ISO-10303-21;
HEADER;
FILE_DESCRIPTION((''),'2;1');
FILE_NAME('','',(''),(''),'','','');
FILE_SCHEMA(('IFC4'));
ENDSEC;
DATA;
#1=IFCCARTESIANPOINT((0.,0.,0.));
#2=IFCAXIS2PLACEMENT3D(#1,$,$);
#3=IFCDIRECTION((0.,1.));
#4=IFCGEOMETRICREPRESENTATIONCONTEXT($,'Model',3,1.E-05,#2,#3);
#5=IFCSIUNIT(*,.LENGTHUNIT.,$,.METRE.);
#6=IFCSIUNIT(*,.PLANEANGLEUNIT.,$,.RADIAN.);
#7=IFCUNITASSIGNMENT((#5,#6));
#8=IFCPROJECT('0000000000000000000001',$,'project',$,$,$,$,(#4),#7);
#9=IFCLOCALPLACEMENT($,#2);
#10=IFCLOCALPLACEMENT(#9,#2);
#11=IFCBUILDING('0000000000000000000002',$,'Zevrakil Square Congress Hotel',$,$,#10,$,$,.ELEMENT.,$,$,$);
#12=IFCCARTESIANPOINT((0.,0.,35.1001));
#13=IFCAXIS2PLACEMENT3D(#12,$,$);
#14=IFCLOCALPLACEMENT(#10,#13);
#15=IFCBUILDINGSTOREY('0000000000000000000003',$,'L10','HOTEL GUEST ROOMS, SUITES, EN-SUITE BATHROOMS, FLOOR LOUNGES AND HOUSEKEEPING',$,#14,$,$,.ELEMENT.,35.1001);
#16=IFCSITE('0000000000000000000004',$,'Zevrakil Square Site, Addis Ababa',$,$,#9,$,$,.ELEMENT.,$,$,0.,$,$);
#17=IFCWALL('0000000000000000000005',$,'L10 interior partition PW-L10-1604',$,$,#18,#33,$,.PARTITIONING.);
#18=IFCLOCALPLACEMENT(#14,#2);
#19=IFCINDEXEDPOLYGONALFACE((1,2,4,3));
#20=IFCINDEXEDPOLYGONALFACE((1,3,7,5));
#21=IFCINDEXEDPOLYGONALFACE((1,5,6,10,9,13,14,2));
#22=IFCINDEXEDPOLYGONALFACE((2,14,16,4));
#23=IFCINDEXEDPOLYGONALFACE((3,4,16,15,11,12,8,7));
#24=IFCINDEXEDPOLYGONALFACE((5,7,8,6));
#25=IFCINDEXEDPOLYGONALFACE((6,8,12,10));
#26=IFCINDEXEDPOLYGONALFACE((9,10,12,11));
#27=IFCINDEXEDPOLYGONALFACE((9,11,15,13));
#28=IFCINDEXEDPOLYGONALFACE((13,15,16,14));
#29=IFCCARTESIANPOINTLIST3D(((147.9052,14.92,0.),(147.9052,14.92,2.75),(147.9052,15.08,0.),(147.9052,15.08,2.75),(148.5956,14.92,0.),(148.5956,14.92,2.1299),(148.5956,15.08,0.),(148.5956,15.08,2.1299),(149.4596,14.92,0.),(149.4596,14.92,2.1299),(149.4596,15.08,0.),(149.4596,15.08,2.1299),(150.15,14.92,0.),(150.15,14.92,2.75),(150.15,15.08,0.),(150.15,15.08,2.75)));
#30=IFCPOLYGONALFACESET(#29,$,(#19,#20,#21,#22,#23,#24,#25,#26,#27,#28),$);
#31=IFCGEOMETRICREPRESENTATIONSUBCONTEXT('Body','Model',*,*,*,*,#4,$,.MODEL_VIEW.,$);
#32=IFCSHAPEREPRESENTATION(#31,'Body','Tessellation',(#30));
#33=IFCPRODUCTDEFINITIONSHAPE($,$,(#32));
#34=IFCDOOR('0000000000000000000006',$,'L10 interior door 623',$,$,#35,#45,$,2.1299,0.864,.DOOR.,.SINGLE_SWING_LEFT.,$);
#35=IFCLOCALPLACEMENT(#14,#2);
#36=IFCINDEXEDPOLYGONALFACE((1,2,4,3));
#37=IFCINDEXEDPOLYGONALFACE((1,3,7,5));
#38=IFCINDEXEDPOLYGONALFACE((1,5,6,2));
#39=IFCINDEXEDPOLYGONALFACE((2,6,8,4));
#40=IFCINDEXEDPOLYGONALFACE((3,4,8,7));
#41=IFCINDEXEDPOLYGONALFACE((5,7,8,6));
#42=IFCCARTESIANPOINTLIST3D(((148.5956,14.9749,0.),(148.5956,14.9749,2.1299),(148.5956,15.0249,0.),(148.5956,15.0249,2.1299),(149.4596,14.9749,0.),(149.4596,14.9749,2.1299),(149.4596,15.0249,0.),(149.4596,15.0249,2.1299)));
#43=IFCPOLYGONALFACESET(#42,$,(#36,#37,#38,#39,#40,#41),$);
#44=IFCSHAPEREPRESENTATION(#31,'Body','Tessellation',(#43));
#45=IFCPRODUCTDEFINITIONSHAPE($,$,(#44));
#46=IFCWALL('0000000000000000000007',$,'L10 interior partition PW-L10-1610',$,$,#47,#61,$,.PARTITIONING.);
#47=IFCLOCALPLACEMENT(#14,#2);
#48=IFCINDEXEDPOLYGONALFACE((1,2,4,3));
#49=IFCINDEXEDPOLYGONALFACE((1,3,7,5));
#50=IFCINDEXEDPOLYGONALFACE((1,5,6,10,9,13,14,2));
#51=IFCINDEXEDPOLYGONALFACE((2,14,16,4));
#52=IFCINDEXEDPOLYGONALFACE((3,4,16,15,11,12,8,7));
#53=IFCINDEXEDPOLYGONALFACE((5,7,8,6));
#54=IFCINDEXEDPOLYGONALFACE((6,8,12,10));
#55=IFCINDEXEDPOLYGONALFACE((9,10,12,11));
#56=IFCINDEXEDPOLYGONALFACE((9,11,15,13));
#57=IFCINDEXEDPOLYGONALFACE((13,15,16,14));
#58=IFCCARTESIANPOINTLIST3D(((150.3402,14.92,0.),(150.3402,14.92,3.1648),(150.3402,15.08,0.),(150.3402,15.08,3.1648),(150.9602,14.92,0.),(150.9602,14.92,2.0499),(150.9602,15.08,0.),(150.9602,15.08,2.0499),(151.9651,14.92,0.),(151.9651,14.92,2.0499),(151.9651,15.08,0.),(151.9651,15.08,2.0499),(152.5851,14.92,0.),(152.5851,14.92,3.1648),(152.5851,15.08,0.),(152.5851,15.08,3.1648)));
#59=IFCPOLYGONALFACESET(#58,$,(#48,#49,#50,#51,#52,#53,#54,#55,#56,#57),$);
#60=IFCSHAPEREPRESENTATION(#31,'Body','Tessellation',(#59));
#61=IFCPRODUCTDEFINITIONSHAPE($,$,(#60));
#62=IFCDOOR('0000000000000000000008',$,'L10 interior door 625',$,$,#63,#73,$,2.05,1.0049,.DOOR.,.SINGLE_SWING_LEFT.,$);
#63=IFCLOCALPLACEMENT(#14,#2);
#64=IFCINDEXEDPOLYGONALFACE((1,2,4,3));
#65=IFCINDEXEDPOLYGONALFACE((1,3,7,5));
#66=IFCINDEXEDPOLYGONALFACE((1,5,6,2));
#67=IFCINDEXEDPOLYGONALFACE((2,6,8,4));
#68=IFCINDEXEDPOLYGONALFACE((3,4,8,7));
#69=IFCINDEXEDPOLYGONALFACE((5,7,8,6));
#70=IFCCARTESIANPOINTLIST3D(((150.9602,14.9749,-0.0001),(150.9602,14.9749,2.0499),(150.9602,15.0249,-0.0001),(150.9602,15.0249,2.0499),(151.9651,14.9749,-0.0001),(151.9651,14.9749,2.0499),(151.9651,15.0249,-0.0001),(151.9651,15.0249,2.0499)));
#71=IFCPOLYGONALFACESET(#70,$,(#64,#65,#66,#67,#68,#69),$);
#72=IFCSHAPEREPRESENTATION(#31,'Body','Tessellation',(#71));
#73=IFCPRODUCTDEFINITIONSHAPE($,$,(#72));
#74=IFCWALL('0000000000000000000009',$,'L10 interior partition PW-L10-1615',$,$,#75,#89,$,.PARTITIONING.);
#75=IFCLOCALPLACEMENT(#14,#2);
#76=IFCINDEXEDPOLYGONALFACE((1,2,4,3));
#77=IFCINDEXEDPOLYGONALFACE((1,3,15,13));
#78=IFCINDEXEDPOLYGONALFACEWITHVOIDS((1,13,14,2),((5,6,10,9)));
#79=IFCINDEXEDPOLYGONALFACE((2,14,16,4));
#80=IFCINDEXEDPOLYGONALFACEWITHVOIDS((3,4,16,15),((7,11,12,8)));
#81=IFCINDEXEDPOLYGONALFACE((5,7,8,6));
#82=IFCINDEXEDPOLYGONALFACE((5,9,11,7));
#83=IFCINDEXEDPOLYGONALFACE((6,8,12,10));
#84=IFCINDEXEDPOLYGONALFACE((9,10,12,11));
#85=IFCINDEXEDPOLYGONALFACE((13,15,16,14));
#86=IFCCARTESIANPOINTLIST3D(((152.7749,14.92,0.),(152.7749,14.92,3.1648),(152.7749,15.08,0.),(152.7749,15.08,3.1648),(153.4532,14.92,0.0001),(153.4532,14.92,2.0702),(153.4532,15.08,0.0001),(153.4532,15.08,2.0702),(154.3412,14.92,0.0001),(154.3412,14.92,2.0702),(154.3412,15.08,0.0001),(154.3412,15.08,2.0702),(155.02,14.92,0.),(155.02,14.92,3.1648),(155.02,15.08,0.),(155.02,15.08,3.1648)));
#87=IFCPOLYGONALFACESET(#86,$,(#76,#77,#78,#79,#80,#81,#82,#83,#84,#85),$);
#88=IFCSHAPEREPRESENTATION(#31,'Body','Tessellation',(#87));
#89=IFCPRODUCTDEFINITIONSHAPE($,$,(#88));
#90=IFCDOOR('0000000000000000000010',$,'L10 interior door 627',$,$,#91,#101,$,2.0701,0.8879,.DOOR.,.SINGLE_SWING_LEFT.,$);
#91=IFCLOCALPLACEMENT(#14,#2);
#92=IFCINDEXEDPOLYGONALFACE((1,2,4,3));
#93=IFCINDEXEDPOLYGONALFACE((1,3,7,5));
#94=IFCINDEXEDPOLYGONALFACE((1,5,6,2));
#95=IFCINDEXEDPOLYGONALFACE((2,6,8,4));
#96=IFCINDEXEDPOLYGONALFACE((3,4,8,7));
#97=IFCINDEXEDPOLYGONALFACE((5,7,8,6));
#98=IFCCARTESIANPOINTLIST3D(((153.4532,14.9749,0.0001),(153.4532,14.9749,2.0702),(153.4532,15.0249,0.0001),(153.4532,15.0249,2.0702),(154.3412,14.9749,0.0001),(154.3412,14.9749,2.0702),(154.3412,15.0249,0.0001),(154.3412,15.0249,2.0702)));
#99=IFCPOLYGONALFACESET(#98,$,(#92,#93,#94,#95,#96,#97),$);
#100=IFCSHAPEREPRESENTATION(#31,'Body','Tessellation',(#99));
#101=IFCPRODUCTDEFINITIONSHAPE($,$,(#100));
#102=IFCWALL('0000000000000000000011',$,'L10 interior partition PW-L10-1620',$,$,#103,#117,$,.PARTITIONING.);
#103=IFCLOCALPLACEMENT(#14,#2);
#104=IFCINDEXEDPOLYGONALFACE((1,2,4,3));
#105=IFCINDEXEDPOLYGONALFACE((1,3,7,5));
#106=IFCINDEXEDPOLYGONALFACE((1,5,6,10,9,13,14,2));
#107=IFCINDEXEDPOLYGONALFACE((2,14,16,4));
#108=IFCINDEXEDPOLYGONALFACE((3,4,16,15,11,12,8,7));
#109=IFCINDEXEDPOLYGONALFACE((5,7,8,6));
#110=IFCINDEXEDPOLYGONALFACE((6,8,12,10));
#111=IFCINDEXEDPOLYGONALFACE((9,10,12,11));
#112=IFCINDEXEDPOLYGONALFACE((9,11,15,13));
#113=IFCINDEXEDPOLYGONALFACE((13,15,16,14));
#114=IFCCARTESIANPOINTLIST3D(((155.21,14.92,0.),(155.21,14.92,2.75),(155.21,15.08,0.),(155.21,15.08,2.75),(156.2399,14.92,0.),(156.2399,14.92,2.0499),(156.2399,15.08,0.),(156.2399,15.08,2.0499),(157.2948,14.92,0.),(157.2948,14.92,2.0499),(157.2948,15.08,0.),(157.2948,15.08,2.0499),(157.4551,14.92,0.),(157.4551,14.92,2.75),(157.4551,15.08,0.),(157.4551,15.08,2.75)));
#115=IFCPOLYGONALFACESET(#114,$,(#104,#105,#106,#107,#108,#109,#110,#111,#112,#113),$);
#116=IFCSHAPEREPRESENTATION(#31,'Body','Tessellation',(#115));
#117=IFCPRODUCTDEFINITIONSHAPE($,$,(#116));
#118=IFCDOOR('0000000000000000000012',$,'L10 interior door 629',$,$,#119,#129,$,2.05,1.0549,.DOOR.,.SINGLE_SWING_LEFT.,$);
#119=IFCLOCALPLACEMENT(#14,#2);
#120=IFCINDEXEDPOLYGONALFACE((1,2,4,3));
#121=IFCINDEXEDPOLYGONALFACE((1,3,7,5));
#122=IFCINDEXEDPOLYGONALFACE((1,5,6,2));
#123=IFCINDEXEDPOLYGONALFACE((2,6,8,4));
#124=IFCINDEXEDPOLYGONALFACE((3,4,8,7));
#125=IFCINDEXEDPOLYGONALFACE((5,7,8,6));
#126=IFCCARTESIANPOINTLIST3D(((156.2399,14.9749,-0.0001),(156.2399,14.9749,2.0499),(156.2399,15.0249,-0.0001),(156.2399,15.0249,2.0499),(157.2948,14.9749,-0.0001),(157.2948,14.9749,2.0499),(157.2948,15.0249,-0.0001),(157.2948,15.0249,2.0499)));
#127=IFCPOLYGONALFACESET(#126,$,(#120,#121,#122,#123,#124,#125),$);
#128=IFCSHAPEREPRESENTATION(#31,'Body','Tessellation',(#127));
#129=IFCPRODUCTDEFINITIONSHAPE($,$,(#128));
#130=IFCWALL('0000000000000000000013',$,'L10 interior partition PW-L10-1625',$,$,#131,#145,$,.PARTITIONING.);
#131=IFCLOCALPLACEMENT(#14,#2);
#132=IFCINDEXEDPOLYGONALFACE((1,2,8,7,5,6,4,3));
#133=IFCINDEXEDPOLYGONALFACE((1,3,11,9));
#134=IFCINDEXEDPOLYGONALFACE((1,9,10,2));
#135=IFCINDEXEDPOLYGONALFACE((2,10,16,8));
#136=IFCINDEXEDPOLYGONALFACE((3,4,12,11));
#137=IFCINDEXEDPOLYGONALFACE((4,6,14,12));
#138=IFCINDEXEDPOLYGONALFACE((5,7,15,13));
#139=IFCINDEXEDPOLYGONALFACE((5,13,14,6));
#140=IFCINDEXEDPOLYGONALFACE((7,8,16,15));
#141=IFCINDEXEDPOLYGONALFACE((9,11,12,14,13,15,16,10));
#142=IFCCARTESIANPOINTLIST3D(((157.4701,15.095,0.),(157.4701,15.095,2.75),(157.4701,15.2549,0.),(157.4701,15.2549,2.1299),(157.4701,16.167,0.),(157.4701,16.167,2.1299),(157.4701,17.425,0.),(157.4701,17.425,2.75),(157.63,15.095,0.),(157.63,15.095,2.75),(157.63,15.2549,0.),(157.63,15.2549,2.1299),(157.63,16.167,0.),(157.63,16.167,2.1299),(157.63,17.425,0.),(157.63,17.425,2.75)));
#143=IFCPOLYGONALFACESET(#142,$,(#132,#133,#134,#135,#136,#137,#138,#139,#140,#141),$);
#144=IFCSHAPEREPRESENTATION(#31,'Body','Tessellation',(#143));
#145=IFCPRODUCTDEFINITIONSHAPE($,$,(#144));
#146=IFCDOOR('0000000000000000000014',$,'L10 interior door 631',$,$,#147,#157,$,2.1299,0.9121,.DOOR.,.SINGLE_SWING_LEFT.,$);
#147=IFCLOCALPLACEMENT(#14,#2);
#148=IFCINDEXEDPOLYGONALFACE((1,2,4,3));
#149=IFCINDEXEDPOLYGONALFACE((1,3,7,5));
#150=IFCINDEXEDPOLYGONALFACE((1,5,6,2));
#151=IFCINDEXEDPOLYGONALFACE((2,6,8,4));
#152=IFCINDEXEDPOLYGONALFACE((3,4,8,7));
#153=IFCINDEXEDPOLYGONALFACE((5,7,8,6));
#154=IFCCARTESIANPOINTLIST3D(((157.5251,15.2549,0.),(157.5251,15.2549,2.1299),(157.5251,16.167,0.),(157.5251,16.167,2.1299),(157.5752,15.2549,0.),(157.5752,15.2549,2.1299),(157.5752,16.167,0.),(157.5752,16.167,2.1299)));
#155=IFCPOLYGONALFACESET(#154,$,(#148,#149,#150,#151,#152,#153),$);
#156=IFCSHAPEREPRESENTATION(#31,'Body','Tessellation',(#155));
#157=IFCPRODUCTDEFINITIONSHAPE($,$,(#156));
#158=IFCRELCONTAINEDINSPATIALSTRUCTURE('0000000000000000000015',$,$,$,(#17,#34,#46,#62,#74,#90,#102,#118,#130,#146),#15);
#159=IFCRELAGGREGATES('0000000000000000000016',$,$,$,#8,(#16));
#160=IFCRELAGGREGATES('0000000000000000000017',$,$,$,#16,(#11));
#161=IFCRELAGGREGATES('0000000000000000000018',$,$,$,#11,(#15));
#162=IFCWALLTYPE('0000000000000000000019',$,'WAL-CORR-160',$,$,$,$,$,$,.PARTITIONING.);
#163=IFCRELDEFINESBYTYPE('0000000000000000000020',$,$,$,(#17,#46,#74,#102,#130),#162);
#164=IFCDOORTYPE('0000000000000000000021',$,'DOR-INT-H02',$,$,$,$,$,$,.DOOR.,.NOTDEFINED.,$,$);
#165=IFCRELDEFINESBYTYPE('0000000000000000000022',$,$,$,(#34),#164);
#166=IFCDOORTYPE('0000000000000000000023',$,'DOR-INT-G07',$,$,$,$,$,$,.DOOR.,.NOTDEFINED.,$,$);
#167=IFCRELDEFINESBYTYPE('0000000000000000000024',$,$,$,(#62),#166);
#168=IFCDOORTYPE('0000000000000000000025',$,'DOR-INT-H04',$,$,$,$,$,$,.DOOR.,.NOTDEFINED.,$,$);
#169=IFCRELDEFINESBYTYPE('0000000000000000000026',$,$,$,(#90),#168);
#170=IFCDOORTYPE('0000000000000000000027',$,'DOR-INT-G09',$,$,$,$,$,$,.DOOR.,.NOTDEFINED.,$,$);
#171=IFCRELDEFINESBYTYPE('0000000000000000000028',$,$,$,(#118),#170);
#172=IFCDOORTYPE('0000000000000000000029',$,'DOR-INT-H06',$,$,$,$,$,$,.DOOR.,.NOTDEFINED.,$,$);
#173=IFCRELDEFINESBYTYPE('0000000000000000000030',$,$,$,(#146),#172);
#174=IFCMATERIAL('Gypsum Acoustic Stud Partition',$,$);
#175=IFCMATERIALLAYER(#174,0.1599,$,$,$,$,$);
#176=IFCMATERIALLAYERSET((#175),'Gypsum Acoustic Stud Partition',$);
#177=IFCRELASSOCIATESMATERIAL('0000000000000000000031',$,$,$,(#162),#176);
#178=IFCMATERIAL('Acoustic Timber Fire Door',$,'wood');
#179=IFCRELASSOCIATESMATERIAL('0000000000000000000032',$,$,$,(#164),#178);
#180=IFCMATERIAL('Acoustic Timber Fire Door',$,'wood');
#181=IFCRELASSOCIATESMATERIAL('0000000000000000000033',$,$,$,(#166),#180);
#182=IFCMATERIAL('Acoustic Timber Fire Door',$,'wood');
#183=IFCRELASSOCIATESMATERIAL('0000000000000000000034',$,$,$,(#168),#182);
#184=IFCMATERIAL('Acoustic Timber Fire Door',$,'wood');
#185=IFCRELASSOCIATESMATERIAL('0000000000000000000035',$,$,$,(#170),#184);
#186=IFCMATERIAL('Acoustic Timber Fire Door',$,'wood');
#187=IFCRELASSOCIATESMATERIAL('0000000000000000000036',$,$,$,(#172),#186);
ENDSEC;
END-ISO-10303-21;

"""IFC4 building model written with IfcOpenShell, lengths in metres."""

from ifc_helpers import new_model, si_unit, direction, frame, frame_2d, origin, place, context, subcontext, project, spatial, rectangle, extrude, material, layer, layer_set, type_object, element, fill, save


model = new_model("IFC4")

# Units and contexts
model_context = context("Model", 3, precision=1e-05, world=origin(), true_north=direction((0.0, 1.0)))
body_context = subcontext(model_context, "Body", "Model", "MODEL_VIEW")
ifc_project = project(units=[si_unit("LENGTHUNIT", "METRE"), si_unit("PLANEANGLEUNIT", "RADIAN")], contexts=[model_context])

# Site, building, storey
site_placement = place(None, origin())
site = spatial("IfcSite", under=ifc_project, at=site_placement, Name="Zevrakil Square Site, Addis Ababa", CompositionType="ELEMENT", RefElevation=0.0)
building_placement = place(site_placement, origin())
building = spatial("IfcBuilding", under=site, at=building_placement, Name="Zevrakil Square Congress Hotel", CompositionType="ELEMENT")
storey_placement = place(building_placement, frame((0.0, 0.0, 35.1001)))
storey = spatial("IfcBuildingStorey", under=building, at=storey_placement, Name="L10", Description="HOTEL GUEST ROOMS, SUITES, EN-SUITE BATHROOMS, FLOOR LOUNGES AND HOUSEKEEPING", CompositionType="ELEMENT", Elevation=35.1001)

# Shared definitions
ifc_material_1 = material(Name="Gypsum Acoustic Stud Partition")
ifc_layer_1 = layer(ifc_material_1, 0.1599)
ifc_layer_set_1 = layer_set([ifc_layer_1], Name="Gypsum Acoustic Stud Partition")
wall_type_1 = type_object("IfcWallType", Name="WAL-CORR-160", PredefinedType="PARTITIONING", material=ifc_layer_set_1)

# Walls, openings, doors
wall_1_placement = place(storey_placement, frame((147.905, 15.0, 0.0), z_axis=(0.0, 0.0, 1.0), x_axis=(1.0, 0.0, 0.0)))
wall_1 = element("IfcWall", 1, at=wall_1_placement, inside=storey, type_object=wall_type_1, Name="L10 interior partition PW-L10-1604", PredefinedType="PARTITIONING", context=body_context, shape_type="SweptSolid", body=[
    extrude(rectangle(XDim=2.2449, YDim=0.1599, at=frame_2d((1.1226, 0.0))), origin(), (0.0, 0.0, 1.0), 2.75),
])
opening_1_placement = place(wall_1_placement, frame((0.6904, 0.0, 0.0)))
opening_1 = element("IfcOpeningElement", 2, at=opening_1_placement, cuts=wall_1, PredefinedType="OPENING", context=body_context, shape_type="SweptSolid", body=[
    extrude(rectangle(XDim=0.864, YDim=2.1299, at=frame_2d((0.4321, 1.0649))), frame((0.0, 0.0898, 0.0), z_axis=(0.0, -1.0, 0.0), x_axis=(1.0, 0.0, 0.0)), (0.0, 0.0, 1.0), 0.1799),
])
ifc_material_2 = material(Name="Acoustic Timber Fire Door", Category="wood")
door_type_1 = type_object("IfcDoorType", Name="DOR-INT-H02", OperationType="NOTDEFINED", PredefinedType="DOOR", material=ifc_material_2)
door_1_placement = place(opening_1_placement, origin())
door_1 = element("IfcDoor", 3, at=door_1_placement, inside=storey, type_object=door_type_1, Name="L10 interior door 623", OperationType="SINGLE_SWING_LEFT", OverallHeight=2.1299, OverallWidth=0.864, PredefinedType="DOOR", context=body_context, shape_type="SweptSolid", body=[
    extrude(rectangle(XDim=0.864, YDim=2.1299, at=frame_2d((0.4321, 1.0649))), frame((0.0, 0.0249, 0.0), z_axis=(0.0, -1.0, 0.0), x_axis=(1.0, 0.0, 0.0)), (0.0, 0.0, 1.0), 0.05),
])
fill(opening_1, door_1)
wall_2_placement = place(storey_placement, frame((150.3401, 15.0, 0.0), z_axis=(0.0, 0.0, 1.0), x_axis=(1.0, 0.0, 0.0)))
wall_2 = element("IfcWall", 4, at=wall_2_placement, inside=storey, type_object=wall_type_1, Name="L10 interior partition PW-L10-1610", PredefinedType="PARTITIONING", context=body_context, shape_type="SweptSolid", body=[
    extrude(rectangle(XDim=2.2449, YDim=0.1599, at=frame_2d((1.1226, 0.0))), origin(), (0.0, 0.0, 1.0), 3.1648),
])
opening_2_placement = place(wall_2_placement, frame((0.6201, 0.0, 0.0)))
opening_2 = element("IfcOpeningElement", 5, at=opening_2_placement, cuts=wall_2, PredefinedType="OPENING", context=body_context, shape_type="SweptSolid", body=[
    extrude(rectangle(XDim=1.0049, YDim=2.05, at=frame_2d((0.5024, 1.0249))), frame((0.0, 0.0898, 0.0), z_axis=(0.0, -1.0, 0.0), x_axis=(1.0, 0.0, 0.0)), (0.0, 0.0, 1.0), 0.1799),
])
ifc_material_3 = material(Name="Acoustic Timber Fire Door", Category="wood")
door_type_2 = type_object("IfcDoorType", Name="DOR-INT-G07", OperationType="NOTDEFINED", PredefinedType="DOOR", material=ifc_material_3)
door_2_placement = place(opening_2_placement, origin())
door_2 = element("IfcDoor", 6, at=door_2_placement, inside=storey, type_object=door_type_2, Name="L10 interior door 625", OperationType="SINGLE_SWING_LEFT", OverallHeight=2.05, OverallWidth=1.0049, PredefinedType="DOOR", context=body_context, shape_type="SweptSolid", body=[
    extrude(rectangle(XDim=1.0049, YDim=2.05, at=frame_2d((0.5024, 1.0249))), frame((0.0, 0.0249, 0.0), z_axis=(0.0, -1.0, 0.0), x_axis=(1.0, 0.0, 0.0)), (0.0, 0.0, 1.0), 0.05),
])
fill(opening_2, door_2)
wall_3_placement = place(storey_placement, frame((152.7749, 15.0, 0.0), z_axis=(0.0, 0.0, 1.0), x_axis=(1.0, 0.0, 0.0)))
wall_3 = element("IfcWall", 7, at=wall_3_placement, inside=storey, type_object=wall_type_1, Name="L10 interior partition PW-L10-1615", PredefinedType="PARTITIONING", context=body_context, shape_type="SweptSolid", body=[
    extrude(rectangle(XDim=2.2451, YDim=0.1599, at=frame_2d((1.1226, 0.0))), origin(), (0.0, 0.0, 1.0), 3.1648),
])
opening_3_placement = place(wall_3_placement, frame((0.6785, 0.0, 0.0)))
opening_3 = element("IfcOpeningElement", 8, at=opening_3_placement, cuts=wall_3, PredefinedType="OPENING", context=body_context, shape_type="SweptSolid", body=[
    extrude(rectangle(XDim=0.8879, YDim=2.0701, at=frame_2d((0.4438, 1.0352))), frame((0.0, 0.0898, 0.0), z_axis=(0.0, -1.0, 0.0), x_axis=(1.0, 0.0, 0.0)), (0.0, 0.0, 1.0), 0.1799),
])
ifc_material_4 = material(Name="Acoustic Timber Fire Door", Category="wood")
door_type_3 = type_object("IfcDoorType", Name="DOR-INT-H04", OperationType="NOTDEFINED", PredefinedType="DOOR", material=ifc_material_4)
door_3_placement = place(opening_3_placement, origin())
door_3 = element("IfcDoor", 9, at=door_3_placement, inside=storey, type_object=door_type_3, Name="L10 interior door 627", OperationType="SINGLE_SWING_LEFT", OverallHeight=2.0701, OverallWidth=0.8879, PredefinedType="DOOR", context=body_context, shape_type="SweptSolid", body=[
    extrude(rectangle(XDim=0.8879, YDim=2.0701, at=frame_2d((0.4438, 1.0352))), frame((0.0, 0.0249, 0.0), z_axis=(0.0, -1.0, 0.0), x_axis=(1.0, 0.0, 0.0)), (0.0, 0.0, 1.0), 0.05),
])
fill(opening_3, door_3)
wall_4_placement = place(storey_placement, frame((155.21, 15.0, 0.0), z_axis=(0.0, 0.0, 1.0), x_axis=(1.0, 0.0, 0.0)))
wall_4 = element("IfcWall", 10, at=wall_4_placement, inside=storey, type_object=wall_type_1, Name="L10 interior partition PW-L10-1620", PredefinedType="PARTITIONING", context=body_context, shape_type="SweptSolid", body=[
    extrude(rectangle(XDim=2.2451, YDim=0.1599, at=frame_2d((1.1226, 0.0))), origin(), (0.0, 0.0, 1.0), 2.75),
])
opening_4_placement = place(wall_4_placement, frame((1.03, 0.0, 0.0)))
opening_4 = element("IfcOpeningElement", 11, at=opening_4_placement, cuts=wall_4, PredefinedType="OPENING", context=body_context, shape_type="SweptSolid", body=[
    extrude(rectangle(XDim=1.0549, YDim=2.05, at=frame_2d((0.5273, 1.0249))), frame((0.0, 0.0898, 0.0), z_axis=(0.0, -1.0, 0.0), x_axis=(1.0, 0.0, 0.0)), (0.0, 0.0, 1.0), 0.1799),
])
ifc_material_5 = material(Name="Acoustic Timber Fire Door", Category="wood")
door_type_4 = type_object("IfcDoorType", Name="DOR-INT-G09", OperationType="NOTDEFINED", PredefinedType="DOOR", material=ifc_material_5)
door_4_placement = place(opening_4_placement, origin())
door_4 = element("IfcDoor", 12, at=door_4_placement, inside=storey, type_object=door_type_4, Name="L10 interior door 629", OperationType="SINGLE_SWING_LEFT", OverallHeight=2.05, OverallWidth=1.0549, PredefinedType="DOOR", context=body_context, shape_type="SweptSolid", body=[
    extrude(rectangle(XDim=1.0549, YDim=2.05, at=frame_2d((0.5273, 1.0249))), frame((0.0, 0.0249, 0.0), z_axis=(0.0, -1.0, 0.0), x_axis=(1.0, 0.0, 0.0)), (0.0, 0.0, 1.0), 0.05),
])
fill(opening_4, door_4)
wall_5_placement = place(storey_placement, frame((157.55, 15.095, 0.0), z_axis=(0.0, 0.0, 1.0), x_axis=(0.0, 1.0, 0.0)))
wall_5 = element("IfcWall", 13, at=wall_5_placement, inside=storey, type_object=wall_type_1, Name="L10 interior partition PW-L10-1625", PredefinedType="PARTITIONING", context=body_context, shape_type="SweptSolid", body=[
    extrude(rectangle(XDim=2.3301, YDim=0.1599, at=frame_2d((1.165, 0.0))), origin(), (0.0, 0.0, 1.0), 2.75),
])
opening_5_placement = place(wall_5_placement, frame((0.1599, 0.0, 0.0)))
opening_5 = element("IfcOpeningElement", 14, at=opening_5_placement, cuts=wall_5, PredefinedType="OPENING", context=body_context, shape_type="SweptSolid", body=[
    extrude(rectangle(XDim=0.9121, YDim=2.1299, at=frame_2d((0.4561, 1.0649))), frame((0.0, 0.0898, 0.0), z_axis=(0.0, -1.0, 0.0), x_axis=(1.0, 0.0, 0.0)), (0.0, 0.0, 1.0), 0.1799),
])
ifc_material_6 = material(Name="Acoustic Timber Fire Door", Category="wood")
door_type_5 = type_object("IfcDoorType", Name="DOR-INT-H06", OperationType="NOTDEFINED", PredefinedType="DOOR", material=ifc_material_6)
door_5_placement = place(opening_5_placement, origin())
door_5 = element("IfcDoor", 15, at=door_5_placement, inside=storey, type_object=door_type_5, Name="L10 interior door 631", OperationType="SINGLE_SWING_LEFT", OverallHeight=2.1299, OverallWidth=0.9121, PredefinedType="DOOR", context=body_context, shape_type="SweptSolid", body=[
    extrude(rectangle(XDim=0.9121, YDim=2.1299, at=frame_2d((0.4561, 1.0649))), frame((0.0, 0.0249, 0.0), z_axis=(0.0, -1.0, 0.0), x_axis=(1.0, 0.0, 0.0)), (0.0, 0.0, 1.0), 0.05),
])
fill(opening_5, door_5)

save(model, "model.ifc")
